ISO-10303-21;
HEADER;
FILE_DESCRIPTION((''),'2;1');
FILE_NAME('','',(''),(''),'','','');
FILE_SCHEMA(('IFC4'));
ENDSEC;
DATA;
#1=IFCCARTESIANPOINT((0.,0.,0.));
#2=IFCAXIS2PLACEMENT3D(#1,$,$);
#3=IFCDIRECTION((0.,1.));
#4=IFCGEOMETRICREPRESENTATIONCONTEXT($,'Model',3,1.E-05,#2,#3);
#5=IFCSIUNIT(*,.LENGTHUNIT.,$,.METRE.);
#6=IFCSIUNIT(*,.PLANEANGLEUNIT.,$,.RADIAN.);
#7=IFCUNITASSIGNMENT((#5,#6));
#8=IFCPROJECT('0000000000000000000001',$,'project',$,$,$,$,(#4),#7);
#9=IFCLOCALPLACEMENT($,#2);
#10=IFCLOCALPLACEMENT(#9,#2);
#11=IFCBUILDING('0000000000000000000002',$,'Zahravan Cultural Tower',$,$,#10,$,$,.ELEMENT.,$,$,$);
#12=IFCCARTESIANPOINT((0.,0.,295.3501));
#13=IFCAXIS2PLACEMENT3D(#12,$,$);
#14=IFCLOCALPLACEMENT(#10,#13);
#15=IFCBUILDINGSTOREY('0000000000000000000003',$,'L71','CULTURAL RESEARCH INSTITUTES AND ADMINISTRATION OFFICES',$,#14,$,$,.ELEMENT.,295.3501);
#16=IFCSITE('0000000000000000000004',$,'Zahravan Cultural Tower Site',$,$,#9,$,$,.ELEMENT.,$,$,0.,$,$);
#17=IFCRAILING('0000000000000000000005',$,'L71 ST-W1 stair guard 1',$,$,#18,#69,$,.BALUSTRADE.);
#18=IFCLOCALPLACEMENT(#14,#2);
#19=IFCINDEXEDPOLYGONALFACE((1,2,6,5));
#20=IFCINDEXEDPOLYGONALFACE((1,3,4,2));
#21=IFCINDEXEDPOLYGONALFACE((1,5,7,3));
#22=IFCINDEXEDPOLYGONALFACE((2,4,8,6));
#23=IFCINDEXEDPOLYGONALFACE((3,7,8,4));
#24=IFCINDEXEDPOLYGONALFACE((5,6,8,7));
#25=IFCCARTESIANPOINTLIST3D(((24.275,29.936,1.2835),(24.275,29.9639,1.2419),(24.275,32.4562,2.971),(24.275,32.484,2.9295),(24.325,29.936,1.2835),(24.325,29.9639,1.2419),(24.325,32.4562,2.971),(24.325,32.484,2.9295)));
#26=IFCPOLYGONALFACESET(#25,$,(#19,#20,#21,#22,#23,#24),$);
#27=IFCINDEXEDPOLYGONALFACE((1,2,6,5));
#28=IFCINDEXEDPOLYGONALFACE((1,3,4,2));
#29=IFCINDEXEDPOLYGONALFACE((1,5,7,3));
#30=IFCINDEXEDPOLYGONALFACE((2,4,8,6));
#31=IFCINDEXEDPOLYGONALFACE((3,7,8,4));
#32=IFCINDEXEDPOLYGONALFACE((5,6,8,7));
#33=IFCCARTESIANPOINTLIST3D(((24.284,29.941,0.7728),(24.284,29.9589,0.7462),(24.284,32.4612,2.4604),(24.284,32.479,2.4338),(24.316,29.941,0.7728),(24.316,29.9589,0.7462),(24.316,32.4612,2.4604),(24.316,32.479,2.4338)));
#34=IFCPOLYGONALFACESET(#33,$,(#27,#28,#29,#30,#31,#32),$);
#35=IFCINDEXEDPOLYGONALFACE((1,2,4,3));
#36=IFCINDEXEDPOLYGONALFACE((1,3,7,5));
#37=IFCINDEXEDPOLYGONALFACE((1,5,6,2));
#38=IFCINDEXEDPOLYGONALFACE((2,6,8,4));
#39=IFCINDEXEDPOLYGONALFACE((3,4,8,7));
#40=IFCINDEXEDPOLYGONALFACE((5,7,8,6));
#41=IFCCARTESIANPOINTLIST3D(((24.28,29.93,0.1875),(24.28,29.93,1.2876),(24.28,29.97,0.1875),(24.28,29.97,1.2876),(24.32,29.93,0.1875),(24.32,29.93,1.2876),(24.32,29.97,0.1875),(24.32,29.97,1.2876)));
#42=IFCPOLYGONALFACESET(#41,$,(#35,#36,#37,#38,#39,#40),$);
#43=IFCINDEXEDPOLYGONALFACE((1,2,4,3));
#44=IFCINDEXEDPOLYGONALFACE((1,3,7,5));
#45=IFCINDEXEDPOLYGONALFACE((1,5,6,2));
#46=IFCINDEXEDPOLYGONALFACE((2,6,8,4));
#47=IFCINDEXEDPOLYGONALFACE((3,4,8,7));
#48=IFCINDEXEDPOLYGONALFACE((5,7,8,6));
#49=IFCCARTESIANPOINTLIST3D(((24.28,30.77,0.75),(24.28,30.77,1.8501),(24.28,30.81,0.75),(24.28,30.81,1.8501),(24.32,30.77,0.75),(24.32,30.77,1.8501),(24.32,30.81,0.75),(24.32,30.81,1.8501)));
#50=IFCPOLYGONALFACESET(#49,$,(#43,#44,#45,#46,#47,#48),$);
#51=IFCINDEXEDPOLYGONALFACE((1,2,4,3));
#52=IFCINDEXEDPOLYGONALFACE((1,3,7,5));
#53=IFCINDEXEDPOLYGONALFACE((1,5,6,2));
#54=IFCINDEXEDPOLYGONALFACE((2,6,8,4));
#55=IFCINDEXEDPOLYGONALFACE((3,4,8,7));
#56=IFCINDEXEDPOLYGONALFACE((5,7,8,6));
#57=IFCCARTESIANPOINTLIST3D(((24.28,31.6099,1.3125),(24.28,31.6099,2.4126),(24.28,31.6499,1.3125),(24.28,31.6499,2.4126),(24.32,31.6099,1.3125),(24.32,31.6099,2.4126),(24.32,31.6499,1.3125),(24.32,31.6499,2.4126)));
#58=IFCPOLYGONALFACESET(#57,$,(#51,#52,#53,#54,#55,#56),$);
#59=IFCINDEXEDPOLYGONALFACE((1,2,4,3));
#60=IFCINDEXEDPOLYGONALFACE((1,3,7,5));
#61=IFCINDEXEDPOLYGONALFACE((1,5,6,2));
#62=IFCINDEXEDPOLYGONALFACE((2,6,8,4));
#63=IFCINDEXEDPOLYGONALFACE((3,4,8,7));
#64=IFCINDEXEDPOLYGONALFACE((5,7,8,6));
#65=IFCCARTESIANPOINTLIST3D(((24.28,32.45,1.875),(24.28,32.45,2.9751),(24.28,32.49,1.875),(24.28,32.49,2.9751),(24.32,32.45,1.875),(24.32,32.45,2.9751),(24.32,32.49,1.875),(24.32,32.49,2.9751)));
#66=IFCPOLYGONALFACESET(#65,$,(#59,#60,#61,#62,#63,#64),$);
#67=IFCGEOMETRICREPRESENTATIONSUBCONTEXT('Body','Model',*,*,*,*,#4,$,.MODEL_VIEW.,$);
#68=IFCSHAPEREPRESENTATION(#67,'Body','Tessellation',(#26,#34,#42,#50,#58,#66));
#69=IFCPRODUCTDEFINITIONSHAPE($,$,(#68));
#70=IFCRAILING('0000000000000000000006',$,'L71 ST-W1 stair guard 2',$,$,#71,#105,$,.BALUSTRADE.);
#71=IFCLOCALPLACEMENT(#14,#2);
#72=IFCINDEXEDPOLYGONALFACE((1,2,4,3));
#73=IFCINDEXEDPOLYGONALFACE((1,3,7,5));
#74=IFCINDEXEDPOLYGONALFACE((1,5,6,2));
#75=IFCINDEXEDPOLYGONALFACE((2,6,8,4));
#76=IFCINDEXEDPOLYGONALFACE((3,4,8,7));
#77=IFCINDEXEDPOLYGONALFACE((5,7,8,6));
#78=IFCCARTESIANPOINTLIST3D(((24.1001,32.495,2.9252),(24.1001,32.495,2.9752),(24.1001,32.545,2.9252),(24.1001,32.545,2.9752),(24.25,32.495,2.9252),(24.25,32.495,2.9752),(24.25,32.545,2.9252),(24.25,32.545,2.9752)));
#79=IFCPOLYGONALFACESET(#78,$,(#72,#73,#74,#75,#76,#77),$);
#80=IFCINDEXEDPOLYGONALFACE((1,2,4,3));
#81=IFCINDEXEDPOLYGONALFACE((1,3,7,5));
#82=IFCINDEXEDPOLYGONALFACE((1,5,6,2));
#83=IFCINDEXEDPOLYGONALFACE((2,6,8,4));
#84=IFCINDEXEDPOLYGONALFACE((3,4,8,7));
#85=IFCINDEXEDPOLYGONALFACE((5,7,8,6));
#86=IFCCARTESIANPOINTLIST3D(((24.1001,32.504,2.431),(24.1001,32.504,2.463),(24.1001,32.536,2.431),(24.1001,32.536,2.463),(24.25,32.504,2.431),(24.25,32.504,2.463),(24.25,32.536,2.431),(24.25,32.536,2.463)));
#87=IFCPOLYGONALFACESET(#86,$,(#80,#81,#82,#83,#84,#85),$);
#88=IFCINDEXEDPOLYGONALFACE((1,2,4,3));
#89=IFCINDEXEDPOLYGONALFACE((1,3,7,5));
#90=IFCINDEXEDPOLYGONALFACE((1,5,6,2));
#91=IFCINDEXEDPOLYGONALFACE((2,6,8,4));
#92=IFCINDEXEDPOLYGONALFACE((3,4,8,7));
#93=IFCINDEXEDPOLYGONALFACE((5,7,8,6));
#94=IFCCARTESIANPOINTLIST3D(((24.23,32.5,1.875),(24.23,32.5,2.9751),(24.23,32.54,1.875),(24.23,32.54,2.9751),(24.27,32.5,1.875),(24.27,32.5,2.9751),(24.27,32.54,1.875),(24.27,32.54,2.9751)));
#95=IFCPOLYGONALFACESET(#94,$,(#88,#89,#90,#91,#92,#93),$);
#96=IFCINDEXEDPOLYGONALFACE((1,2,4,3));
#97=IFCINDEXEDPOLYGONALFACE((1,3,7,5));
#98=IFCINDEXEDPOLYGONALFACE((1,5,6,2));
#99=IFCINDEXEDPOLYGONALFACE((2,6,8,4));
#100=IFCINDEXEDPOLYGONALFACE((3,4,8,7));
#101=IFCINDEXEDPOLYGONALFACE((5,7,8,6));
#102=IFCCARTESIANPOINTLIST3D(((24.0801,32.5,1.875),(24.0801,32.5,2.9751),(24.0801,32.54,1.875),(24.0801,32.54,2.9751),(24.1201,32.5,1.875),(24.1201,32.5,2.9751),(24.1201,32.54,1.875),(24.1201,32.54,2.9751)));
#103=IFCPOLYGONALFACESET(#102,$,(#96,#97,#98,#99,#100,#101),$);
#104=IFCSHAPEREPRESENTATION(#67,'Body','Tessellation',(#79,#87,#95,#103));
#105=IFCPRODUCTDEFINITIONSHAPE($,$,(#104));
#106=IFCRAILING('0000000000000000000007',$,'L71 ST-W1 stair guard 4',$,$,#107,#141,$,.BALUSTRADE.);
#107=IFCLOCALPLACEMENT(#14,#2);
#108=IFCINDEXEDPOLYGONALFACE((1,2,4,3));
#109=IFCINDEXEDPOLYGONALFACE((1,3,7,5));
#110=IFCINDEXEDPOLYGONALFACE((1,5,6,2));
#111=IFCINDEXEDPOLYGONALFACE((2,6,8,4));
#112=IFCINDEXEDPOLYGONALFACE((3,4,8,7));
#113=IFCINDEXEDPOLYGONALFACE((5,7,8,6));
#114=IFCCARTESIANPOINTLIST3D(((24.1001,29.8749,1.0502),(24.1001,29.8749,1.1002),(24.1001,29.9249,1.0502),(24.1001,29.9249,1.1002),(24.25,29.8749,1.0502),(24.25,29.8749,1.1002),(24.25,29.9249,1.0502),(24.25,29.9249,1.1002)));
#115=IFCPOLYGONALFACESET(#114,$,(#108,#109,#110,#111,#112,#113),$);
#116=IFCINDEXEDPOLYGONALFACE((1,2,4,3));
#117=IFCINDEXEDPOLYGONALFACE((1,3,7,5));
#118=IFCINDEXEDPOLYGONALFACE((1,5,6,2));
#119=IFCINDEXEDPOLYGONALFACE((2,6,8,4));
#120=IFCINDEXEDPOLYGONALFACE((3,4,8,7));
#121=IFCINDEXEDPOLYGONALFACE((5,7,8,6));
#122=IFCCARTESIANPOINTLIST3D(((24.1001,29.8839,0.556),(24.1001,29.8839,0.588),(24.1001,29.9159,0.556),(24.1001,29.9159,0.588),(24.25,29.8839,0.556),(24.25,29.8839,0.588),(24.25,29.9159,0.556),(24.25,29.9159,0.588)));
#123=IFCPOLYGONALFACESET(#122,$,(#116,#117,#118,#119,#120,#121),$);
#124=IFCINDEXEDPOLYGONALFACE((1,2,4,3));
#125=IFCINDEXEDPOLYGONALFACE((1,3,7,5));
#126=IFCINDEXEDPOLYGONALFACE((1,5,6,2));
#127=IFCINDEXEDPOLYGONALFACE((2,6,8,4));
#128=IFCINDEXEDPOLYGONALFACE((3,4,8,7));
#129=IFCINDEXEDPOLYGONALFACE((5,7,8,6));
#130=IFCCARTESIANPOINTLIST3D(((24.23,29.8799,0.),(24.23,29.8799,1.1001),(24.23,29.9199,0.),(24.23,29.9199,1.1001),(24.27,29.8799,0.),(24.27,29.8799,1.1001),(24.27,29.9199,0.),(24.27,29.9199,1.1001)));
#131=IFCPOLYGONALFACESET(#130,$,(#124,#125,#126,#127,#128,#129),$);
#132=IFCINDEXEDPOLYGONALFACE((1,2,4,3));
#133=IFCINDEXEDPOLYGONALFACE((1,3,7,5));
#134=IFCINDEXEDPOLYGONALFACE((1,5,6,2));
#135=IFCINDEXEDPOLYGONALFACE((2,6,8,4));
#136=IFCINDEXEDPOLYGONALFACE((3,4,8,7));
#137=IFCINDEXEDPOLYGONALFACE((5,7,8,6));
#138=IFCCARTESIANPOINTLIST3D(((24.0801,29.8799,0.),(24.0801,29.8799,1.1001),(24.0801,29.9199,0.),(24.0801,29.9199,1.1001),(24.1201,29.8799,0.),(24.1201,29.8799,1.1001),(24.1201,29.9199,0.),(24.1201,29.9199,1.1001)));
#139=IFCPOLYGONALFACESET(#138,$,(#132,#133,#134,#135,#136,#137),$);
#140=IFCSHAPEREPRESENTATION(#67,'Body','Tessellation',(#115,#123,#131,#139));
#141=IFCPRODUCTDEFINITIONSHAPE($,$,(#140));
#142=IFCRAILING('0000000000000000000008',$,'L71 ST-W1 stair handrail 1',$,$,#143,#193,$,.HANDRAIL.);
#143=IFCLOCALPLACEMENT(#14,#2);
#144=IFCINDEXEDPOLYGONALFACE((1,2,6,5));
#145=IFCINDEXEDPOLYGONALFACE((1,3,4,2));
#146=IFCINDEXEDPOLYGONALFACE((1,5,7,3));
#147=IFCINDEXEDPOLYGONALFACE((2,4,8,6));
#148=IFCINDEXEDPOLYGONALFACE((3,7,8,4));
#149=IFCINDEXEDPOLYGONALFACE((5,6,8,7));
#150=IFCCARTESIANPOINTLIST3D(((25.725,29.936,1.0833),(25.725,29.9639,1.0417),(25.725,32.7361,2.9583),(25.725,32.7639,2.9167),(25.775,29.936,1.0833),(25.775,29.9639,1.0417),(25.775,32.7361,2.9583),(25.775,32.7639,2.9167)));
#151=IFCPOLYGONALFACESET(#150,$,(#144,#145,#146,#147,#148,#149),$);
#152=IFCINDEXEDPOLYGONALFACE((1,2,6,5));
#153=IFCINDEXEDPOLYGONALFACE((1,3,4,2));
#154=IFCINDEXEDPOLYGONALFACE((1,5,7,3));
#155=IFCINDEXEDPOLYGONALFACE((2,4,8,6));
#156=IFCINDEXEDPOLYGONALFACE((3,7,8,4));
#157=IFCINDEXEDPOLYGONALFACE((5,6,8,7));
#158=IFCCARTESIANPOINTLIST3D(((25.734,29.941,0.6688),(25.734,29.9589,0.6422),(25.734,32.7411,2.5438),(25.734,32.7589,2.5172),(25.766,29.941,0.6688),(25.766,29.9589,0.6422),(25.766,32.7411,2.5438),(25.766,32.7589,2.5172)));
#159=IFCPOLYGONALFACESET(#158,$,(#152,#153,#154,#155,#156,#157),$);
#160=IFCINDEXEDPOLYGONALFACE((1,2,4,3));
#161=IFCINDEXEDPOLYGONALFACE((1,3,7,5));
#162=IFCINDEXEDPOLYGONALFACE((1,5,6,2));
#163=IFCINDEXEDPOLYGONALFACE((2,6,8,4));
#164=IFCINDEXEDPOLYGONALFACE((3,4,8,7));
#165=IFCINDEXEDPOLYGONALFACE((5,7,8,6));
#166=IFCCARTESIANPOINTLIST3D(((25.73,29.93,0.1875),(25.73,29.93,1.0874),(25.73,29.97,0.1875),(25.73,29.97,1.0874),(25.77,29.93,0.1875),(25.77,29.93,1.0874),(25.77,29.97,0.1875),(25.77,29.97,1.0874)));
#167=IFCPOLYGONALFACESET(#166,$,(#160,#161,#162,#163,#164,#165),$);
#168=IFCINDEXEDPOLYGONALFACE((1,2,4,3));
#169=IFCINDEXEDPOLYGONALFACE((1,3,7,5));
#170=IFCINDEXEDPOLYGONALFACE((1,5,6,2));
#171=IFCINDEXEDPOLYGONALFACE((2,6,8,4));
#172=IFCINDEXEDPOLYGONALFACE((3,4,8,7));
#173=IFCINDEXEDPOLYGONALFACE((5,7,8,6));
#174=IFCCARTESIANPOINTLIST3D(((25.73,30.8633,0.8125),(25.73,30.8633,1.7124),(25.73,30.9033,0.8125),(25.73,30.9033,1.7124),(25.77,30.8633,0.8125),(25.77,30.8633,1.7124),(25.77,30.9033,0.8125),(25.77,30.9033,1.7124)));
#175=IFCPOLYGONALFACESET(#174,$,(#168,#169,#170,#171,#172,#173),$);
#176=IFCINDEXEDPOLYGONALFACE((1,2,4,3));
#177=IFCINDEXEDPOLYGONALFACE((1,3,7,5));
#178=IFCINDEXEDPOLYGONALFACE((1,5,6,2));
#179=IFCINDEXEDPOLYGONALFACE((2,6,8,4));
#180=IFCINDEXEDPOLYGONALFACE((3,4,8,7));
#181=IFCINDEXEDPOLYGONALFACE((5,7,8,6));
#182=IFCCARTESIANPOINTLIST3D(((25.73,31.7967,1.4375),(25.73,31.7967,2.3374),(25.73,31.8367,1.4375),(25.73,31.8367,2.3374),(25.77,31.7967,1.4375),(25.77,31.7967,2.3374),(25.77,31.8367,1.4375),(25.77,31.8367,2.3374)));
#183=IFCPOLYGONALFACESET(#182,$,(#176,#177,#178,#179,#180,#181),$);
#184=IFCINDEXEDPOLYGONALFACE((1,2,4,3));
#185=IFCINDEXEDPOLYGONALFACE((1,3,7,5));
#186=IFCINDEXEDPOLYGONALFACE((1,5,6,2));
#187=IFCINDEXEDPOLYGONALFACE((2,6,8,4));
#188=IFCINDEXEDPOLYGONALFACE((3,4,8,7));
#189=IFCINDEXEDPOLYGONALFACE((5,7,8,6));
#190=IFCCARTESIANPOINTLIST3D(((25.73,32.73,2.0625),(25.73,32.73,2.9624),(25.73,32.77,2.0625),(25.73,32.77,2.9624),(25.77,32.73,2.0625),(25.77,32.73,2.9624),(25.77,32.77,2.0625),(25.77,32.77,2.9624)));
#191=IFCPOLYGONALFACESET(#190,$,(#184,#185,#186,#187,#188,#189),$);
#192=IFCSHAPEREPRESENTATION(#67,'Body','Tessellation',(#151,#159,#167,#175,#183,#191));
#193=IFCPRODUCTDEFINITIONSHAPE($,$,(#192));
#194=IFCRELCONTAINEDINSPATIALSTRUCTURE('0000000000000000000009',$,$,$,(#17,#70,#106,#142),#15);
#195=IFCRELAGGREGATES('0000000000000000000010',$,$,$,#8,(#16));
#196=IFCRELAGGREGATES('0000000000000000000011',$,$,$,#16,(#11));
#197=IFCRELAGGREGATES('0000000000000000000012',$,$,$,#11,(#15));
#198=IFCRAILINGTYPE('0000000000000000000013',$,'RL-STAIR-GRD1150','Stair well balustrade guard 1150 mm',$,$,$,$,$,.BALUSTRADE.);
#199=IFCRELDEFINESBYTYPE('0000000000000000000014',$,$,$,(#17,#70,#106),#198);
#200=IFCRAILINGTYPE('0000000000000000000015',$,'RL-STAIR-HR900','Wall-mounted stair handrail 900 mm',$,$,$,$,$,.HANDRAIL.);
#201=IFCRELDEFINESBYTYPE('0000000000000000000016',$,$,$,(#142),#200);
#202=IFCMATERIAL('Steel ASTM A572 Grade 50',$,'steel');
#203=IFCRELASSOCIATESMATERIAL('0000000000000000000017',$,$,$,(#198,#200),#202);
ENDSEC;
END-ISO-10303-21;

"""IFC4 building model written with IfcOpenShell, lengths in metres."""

from ifc_helpers import new_model, si_unit, direction, frame, origin, origin_2d, place, context, subcontext, project, spatial, rectangle, extrude, material, type_object, element, save


model = new_model("IFC4")

# Units and contexts
model_context = context("Model", 3, precision=1e-05, world=origin(), true_north=direction((0.0, 1.0)))
body_context = subcontext(model_context, "Body", "Model", "MODEL_VIEW")
ifc_project = project(units=[si_unit("LENGTHUNIT", "METRE"), si_unit("PLANEANGLEUNIT", "RADIAN")], contexts=[model_context])

# Site, building, storey
site_placement = place(None, origin())
site = spatial("IfcSite", under=ifc_project, at=site_placement, Name="Zahravan Cultural Tower Site", CompositionType="ELEMENT", RefElevation=0.0)
building_placement = place(site_placement, origin())
building = spatial("IfcBuilding", under=site, at=building_placement, Name="Zahravan Cultural Tower", CompositionType="ELEMENT")
storey_placement = place(building_placement, frame((0.0, 0.0, 295.3501)))
storey = spatial("IfcBuildingStorey", under=building, at=storey_placement, Name="L71", Description="CULTURAL RESEARCH INSTITUTES AND ADMINISTRATION OFFICES", CompositionType="ELEMENT", Elevation=295.3501)

# Shared definitions
ifc_material_1 = material(Name="Steel ASTM A572 Grade 50", Category="steel")

# Railings
railing_type_1 = type_object("IfcRailingType", Name="RL-STAIR-GRD1150", Description="Stair well balustrade guard 1150 mm", PredefinedType="BALUSTRADE", material=ifc_material_1)
railing_1_placement = place(storey_placement, frame((24.3, 29.95, 0.1875)))
element("IfcRailing", 1, at=railing_1_placement, inside=storey, type_object=railing_type_1, Name="L71 ST-W1 stair guard 1", PredefinedType="BALUSTRADE", context=body_context, shape_type="SweptSolid", body=[
    extrude(rectangle(XDim=0.05, YDim=0.05, at=origin_2d()), frame((0.0, 0.0, 1.0752), z_axis=(0.0, 0.830909, 0.556408), x_axis=(-1.0, 0.0, 0.0)), (0.0, 0.0, 1.0), 3.033),
    extrude(rectangle(XDim=0.032, YDim=0.032, at=origin_2d()), frame((0.0, 0.0, 0.572), z_axis=(0.0, 0.830909, 0.556408), x_axis=(-1.0, 0.0, 0.0)), (0.0, 0.0, 1.0), 3.033),
    extrude(rectangle(XDim=0.04, YDim=0.04, at=origin_2d()), origin(), (0.0, 0.0, 1.0), 1.1001),
    extrude(rectangle(XDim=0.04, YDim=0.04, at=origin_2d()), frame((0.0, 0.8401, 0.5625)), (0.0, 0.0, 1.0), 1.1001),
    extrude(rectangle(XDim=0.04, YDim=0.04, at=origin_2d()), frame((0.0, 1.6799, 1.125)), (0.0, 0.0, 1.0), 1.1001),
    extrude(rectangle(XDim=0.04, YDim=0.04, at=origin_2d()), frame((0.0, 2.52, 1.6875)), (0.0, 0.0, 1.0), 1.1001),
])
for number, where, name in (
    (2, (24.25, 32.52, 1.875), "L71 ST-W1 stair guard 2"),
    (3, (24.25, 29.8999, 0.0), "L71 ST-W1 stair guard 4"),
):
    element("IfcRailing", number, at=place(storey_placement, frame(where)), inside=storey, type_object=railing_type_1, Name=name, PredefinedType="BALUSTRADE", context=body_context, shape_type="SweptSolid", body=[
        extrude(rectangle(XDim=0.05, YDim=0.05, at=origin_2d()), frame((0.0, 0.0, 1.0752), z_axis=(-1.0, 0.0, 0.0), x_axis=(0.0, -1.0, 0.0)), (0.0, 0.0, 1.0), 0.1499),
        extrude(rectangle(XDim=0.032, YDim=0.032, at=origin_2d()), frame((0.0, 0.0, 0.572), z_axis=(-1.0, 0.0, 0.0), x_axis=(0.0, -1.0, 0.0)), (0.0, 0.0, 1.0), 0.1499),
        extrude(rectangle(XDim=0.04, YDim=0.04, at=origin_2d()), origin(), (0.0, 0.0, 1.0), 1.1001),
        extrude(rectangle(XDim=0.04, YDim=0.04, at=origin_2d()), frame((-0.1499, 0.0, 0.0)), (0.0, 0.0, 1.0), 1.1001),
    ])
railing_type_2 = type_object("IfcRailingType", Name="RL-STAIR-HR900", Description="Wall-mounted stair handrail 900 mm", PredefinedType="HANDRAIL", material=ifc_material_1)
railing_2_placement = place(storey_placement, frame((25.75, 29.95, 0.1875)))
element("IfcRailing", 4, at=railing_2_placement, inside=storey, type_object=railing_type_2, Name="L71 ST-W1 stair handrail 1", PredefinedType="HANDRAIL", context=body_context, shape_type="SweptSolid", body=[
    extrude(rectangle(XDim=0.05, YDim=0.05, at=origin_2d()), frame((0.0, 0.0, 0.875), z_axis=(0.0, 0.830912, 0.556404), x_axis=(-1.0, 0.0, 0.0)), (0.0, 0.0, 1.0), 3.3699),
    extrude(rectangle(XDim=0.032, YDim=0.032, at=origin_2d()), frame((0.0, 0.0, 0.468), z_axis=(0.0, 0.830912, 0.556404), x_axis=(-1.0, 0.0, 0.0)), (0.0, 0.0, 1.0), 3.3699),
    extrude(rectangle(XDim=0.04, YDim=0.04, at=origin_2d()), origin(), (0.0, 0.0, 1.0), 0.8999),
    extrude(rectangle(XDim=0.04, YDim=0.04, at=origin_2d()), frame((0.0, 0.9333, 0.625)), (0.0, 0.0, 1.0), 0.8999),
    extrude(rectangle(XDim=0.04, YDim=0.04, at=origin_2d()), frame((0.0, 1.8667, 1.25)), (0.0, 0.0, 1.0), 0.8999),
    extrude(rectangle(XDim=0.04, YDim=0.04, at=origin_2d()), frame((0.0, 2.8, 1.875)), (0.0, 0.0, 1.0), 0.8999),
])

save(model, "model.ifc")
